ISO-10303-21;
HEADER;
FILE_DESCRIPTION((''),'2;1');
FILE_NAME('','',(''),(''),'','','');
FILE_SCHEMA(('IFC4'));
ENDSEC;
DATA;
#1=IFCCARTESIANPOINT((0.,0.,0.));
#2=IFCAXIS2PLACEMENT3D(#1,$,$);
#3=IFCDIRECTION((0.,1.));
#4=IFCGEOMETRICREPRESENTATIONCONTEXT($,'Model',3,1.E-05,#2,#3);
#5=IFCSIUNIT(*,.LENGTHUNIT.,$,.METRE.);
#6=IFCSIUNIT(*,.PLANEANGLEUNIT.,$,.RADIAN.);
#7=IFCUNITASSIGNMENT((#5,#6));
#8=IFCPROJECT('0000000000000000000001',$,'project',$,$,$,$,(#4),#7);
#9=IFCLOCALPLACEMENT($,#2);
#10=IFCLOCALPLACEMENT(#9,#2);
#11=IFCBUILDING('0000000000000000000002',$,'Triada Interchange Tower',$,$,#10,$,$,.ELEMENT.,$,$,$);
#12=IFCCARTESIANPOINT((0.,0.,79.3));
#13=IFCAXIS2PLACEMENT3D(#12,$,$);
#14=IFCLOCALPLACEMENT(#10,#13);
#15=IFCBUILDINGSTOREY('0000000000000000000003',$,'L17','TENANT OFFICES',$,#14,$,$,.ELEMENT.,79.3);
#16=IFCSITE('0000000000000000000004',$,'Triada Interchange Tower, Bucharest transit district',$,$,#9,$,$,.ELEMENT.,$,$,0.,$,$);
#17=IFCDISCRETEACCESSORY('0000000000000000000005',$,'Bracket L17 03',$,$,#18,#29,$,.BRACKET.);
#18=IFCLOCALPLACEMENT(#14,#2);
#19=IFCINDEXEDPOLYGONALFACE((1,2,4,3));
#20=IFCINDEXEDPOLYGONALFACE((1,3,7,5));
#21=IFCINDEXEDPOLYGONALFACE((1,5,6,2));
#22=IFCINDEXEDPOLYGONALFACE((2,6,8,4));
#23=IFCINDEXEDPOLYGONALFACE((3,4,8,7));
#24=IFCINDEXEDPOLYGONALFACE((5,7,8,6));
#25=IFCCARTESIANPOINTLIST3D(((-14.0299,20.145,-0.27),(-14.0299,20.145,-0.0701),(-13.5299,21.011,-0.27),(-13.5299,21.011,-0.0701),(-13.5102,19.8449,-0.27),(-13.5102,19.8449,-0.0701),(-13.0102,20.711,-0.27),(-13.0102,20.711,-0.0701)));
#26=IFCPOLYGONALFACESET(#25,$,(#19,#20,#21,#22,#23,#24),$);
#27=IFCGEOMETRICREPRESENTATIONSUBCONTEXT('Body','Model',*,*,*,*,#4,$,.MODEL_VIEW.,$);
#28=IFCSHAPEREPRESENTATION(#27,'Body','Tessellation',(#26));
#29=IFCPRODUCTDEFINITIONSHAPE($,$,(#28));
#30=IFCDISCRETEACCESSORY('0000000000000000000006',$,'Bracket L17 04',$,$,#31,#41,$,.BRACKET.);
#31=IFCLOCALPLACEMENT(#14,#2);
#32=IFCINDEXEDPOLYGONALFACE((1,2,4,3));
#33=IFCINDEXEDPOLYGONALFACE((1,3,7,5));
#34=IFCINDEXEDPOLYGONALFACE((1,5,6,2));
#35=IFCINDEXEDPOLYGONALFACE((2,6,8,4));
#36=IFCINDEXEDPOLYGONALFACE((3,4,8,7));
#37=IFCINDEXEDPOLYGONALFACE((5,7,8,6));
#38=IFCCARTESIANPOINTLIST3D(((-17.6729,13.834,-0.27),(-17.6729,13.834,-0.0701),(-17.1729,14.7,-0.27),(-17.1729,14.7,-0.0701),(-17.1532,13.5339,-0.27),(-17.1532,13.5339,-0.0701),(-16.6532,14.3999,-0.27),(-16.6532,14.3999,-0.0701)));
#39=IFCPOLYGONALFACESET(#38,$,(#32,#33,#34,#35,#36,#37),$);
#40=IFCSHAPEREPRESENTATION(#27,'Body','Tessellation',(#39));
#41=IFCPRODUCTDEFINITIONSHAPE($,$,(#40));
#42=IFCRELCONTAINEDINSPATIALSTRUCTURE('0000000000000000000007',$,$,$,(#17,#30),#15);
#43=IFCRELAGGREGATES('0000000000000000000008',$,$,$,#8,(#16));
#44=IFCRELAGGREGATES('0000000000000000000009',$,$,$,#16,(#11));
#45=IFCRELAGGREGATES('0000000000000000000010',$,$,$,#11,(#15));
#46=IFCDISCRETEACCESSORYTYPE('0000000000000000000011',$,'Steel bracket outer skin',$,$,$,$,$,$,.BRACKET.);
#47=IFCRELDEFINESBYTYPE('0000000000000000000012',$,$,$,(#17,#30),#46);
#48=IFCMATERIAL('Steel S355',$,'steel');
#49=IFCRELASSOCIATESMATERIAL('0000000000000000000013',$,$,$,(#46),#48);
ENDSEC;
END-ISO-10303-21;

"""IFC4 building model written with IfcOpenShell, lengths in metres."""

from ifc_helpers import new_model, si_unit, direction, frame, origin, origin_2d, place, context, subcontext, project, spatial, rectangle, extrude, material, type_object, element, save


model = new_model("IFC4")

# Units and contexts
model_context = context("Model", 3, precision=1e-05, world=origin(), true_north=direction((0.0, 1.0)))
body_context = subcontext(model_context, "Body", "Model", "MODEL_VIEW")
ifc_project = project(units=[si_unit("LENGTHUNIT", "METRE"), si_unit("PLANEANGLEUNIT", "RADIAN")], contexts=[model_context])

# Site, building, storey
site_placement = place(None, origin())
site = spatial("IfcSite", under=ifc_project, at=site_placement, Name="Triada Interchange Tower, Bucharest transit district", CompositionType="ELEMENT", RefElevation=0.0)
building_placement = place(site_placement, origin())
building = spatial("IfcBuilding", under=site, at=building_placement, Name="Triada Interchange Tower", CompositionType="ELEMENT")
storey_placement = place(building_placement, frame((0.0, 0.0, 79.3)))
storey = spatial("IfcBuildingStorey", under=building, at=storey_placement, Name="L17", Description="TENANT OFFICES", CompositionType="ELEMENT", Elevation=79.3)

# Discrete accessories
ifc_material_1 = material(Name="Steel S355", Category="steel")
discrete_accessory_type = type_object("IfcDiscreteAccessoryType", Name="Steel bracket outer skin", PredefinedType="BRACKET", material=ifc_material_1)
for number, where, z_axis, x_axis, name in (
    (1, (-13.52, 20.428, -0.27), (0.0, 0.0, 1.0), (-0.866027, 0.499997, 0.0), "Bracket L17 03"),
    (2, (-17.1631, 14.1169, -0.27), (0.0, 0.0, 1.0), (-0.866027, 0.499997, 0.0), "Bracket L17 04"),
):
    element("IfcDiscreteAccessory", number, at=place(storey_placement, frame(where, z_axis=z_axis, x_axis=x_axis)), inside=storey, type_object=discrete_accessory_type, Name=name, PredefinedType="BRACKET", context=body_context, shape_type="SweptSolid", body=[
        extrude(rectangle(XDim=0.6001, YDim=1.0, at=origin_2d()), origin(), (0.0, 0.0, 1.0), 0.2),
    ])

save(model, "model.ifc")
